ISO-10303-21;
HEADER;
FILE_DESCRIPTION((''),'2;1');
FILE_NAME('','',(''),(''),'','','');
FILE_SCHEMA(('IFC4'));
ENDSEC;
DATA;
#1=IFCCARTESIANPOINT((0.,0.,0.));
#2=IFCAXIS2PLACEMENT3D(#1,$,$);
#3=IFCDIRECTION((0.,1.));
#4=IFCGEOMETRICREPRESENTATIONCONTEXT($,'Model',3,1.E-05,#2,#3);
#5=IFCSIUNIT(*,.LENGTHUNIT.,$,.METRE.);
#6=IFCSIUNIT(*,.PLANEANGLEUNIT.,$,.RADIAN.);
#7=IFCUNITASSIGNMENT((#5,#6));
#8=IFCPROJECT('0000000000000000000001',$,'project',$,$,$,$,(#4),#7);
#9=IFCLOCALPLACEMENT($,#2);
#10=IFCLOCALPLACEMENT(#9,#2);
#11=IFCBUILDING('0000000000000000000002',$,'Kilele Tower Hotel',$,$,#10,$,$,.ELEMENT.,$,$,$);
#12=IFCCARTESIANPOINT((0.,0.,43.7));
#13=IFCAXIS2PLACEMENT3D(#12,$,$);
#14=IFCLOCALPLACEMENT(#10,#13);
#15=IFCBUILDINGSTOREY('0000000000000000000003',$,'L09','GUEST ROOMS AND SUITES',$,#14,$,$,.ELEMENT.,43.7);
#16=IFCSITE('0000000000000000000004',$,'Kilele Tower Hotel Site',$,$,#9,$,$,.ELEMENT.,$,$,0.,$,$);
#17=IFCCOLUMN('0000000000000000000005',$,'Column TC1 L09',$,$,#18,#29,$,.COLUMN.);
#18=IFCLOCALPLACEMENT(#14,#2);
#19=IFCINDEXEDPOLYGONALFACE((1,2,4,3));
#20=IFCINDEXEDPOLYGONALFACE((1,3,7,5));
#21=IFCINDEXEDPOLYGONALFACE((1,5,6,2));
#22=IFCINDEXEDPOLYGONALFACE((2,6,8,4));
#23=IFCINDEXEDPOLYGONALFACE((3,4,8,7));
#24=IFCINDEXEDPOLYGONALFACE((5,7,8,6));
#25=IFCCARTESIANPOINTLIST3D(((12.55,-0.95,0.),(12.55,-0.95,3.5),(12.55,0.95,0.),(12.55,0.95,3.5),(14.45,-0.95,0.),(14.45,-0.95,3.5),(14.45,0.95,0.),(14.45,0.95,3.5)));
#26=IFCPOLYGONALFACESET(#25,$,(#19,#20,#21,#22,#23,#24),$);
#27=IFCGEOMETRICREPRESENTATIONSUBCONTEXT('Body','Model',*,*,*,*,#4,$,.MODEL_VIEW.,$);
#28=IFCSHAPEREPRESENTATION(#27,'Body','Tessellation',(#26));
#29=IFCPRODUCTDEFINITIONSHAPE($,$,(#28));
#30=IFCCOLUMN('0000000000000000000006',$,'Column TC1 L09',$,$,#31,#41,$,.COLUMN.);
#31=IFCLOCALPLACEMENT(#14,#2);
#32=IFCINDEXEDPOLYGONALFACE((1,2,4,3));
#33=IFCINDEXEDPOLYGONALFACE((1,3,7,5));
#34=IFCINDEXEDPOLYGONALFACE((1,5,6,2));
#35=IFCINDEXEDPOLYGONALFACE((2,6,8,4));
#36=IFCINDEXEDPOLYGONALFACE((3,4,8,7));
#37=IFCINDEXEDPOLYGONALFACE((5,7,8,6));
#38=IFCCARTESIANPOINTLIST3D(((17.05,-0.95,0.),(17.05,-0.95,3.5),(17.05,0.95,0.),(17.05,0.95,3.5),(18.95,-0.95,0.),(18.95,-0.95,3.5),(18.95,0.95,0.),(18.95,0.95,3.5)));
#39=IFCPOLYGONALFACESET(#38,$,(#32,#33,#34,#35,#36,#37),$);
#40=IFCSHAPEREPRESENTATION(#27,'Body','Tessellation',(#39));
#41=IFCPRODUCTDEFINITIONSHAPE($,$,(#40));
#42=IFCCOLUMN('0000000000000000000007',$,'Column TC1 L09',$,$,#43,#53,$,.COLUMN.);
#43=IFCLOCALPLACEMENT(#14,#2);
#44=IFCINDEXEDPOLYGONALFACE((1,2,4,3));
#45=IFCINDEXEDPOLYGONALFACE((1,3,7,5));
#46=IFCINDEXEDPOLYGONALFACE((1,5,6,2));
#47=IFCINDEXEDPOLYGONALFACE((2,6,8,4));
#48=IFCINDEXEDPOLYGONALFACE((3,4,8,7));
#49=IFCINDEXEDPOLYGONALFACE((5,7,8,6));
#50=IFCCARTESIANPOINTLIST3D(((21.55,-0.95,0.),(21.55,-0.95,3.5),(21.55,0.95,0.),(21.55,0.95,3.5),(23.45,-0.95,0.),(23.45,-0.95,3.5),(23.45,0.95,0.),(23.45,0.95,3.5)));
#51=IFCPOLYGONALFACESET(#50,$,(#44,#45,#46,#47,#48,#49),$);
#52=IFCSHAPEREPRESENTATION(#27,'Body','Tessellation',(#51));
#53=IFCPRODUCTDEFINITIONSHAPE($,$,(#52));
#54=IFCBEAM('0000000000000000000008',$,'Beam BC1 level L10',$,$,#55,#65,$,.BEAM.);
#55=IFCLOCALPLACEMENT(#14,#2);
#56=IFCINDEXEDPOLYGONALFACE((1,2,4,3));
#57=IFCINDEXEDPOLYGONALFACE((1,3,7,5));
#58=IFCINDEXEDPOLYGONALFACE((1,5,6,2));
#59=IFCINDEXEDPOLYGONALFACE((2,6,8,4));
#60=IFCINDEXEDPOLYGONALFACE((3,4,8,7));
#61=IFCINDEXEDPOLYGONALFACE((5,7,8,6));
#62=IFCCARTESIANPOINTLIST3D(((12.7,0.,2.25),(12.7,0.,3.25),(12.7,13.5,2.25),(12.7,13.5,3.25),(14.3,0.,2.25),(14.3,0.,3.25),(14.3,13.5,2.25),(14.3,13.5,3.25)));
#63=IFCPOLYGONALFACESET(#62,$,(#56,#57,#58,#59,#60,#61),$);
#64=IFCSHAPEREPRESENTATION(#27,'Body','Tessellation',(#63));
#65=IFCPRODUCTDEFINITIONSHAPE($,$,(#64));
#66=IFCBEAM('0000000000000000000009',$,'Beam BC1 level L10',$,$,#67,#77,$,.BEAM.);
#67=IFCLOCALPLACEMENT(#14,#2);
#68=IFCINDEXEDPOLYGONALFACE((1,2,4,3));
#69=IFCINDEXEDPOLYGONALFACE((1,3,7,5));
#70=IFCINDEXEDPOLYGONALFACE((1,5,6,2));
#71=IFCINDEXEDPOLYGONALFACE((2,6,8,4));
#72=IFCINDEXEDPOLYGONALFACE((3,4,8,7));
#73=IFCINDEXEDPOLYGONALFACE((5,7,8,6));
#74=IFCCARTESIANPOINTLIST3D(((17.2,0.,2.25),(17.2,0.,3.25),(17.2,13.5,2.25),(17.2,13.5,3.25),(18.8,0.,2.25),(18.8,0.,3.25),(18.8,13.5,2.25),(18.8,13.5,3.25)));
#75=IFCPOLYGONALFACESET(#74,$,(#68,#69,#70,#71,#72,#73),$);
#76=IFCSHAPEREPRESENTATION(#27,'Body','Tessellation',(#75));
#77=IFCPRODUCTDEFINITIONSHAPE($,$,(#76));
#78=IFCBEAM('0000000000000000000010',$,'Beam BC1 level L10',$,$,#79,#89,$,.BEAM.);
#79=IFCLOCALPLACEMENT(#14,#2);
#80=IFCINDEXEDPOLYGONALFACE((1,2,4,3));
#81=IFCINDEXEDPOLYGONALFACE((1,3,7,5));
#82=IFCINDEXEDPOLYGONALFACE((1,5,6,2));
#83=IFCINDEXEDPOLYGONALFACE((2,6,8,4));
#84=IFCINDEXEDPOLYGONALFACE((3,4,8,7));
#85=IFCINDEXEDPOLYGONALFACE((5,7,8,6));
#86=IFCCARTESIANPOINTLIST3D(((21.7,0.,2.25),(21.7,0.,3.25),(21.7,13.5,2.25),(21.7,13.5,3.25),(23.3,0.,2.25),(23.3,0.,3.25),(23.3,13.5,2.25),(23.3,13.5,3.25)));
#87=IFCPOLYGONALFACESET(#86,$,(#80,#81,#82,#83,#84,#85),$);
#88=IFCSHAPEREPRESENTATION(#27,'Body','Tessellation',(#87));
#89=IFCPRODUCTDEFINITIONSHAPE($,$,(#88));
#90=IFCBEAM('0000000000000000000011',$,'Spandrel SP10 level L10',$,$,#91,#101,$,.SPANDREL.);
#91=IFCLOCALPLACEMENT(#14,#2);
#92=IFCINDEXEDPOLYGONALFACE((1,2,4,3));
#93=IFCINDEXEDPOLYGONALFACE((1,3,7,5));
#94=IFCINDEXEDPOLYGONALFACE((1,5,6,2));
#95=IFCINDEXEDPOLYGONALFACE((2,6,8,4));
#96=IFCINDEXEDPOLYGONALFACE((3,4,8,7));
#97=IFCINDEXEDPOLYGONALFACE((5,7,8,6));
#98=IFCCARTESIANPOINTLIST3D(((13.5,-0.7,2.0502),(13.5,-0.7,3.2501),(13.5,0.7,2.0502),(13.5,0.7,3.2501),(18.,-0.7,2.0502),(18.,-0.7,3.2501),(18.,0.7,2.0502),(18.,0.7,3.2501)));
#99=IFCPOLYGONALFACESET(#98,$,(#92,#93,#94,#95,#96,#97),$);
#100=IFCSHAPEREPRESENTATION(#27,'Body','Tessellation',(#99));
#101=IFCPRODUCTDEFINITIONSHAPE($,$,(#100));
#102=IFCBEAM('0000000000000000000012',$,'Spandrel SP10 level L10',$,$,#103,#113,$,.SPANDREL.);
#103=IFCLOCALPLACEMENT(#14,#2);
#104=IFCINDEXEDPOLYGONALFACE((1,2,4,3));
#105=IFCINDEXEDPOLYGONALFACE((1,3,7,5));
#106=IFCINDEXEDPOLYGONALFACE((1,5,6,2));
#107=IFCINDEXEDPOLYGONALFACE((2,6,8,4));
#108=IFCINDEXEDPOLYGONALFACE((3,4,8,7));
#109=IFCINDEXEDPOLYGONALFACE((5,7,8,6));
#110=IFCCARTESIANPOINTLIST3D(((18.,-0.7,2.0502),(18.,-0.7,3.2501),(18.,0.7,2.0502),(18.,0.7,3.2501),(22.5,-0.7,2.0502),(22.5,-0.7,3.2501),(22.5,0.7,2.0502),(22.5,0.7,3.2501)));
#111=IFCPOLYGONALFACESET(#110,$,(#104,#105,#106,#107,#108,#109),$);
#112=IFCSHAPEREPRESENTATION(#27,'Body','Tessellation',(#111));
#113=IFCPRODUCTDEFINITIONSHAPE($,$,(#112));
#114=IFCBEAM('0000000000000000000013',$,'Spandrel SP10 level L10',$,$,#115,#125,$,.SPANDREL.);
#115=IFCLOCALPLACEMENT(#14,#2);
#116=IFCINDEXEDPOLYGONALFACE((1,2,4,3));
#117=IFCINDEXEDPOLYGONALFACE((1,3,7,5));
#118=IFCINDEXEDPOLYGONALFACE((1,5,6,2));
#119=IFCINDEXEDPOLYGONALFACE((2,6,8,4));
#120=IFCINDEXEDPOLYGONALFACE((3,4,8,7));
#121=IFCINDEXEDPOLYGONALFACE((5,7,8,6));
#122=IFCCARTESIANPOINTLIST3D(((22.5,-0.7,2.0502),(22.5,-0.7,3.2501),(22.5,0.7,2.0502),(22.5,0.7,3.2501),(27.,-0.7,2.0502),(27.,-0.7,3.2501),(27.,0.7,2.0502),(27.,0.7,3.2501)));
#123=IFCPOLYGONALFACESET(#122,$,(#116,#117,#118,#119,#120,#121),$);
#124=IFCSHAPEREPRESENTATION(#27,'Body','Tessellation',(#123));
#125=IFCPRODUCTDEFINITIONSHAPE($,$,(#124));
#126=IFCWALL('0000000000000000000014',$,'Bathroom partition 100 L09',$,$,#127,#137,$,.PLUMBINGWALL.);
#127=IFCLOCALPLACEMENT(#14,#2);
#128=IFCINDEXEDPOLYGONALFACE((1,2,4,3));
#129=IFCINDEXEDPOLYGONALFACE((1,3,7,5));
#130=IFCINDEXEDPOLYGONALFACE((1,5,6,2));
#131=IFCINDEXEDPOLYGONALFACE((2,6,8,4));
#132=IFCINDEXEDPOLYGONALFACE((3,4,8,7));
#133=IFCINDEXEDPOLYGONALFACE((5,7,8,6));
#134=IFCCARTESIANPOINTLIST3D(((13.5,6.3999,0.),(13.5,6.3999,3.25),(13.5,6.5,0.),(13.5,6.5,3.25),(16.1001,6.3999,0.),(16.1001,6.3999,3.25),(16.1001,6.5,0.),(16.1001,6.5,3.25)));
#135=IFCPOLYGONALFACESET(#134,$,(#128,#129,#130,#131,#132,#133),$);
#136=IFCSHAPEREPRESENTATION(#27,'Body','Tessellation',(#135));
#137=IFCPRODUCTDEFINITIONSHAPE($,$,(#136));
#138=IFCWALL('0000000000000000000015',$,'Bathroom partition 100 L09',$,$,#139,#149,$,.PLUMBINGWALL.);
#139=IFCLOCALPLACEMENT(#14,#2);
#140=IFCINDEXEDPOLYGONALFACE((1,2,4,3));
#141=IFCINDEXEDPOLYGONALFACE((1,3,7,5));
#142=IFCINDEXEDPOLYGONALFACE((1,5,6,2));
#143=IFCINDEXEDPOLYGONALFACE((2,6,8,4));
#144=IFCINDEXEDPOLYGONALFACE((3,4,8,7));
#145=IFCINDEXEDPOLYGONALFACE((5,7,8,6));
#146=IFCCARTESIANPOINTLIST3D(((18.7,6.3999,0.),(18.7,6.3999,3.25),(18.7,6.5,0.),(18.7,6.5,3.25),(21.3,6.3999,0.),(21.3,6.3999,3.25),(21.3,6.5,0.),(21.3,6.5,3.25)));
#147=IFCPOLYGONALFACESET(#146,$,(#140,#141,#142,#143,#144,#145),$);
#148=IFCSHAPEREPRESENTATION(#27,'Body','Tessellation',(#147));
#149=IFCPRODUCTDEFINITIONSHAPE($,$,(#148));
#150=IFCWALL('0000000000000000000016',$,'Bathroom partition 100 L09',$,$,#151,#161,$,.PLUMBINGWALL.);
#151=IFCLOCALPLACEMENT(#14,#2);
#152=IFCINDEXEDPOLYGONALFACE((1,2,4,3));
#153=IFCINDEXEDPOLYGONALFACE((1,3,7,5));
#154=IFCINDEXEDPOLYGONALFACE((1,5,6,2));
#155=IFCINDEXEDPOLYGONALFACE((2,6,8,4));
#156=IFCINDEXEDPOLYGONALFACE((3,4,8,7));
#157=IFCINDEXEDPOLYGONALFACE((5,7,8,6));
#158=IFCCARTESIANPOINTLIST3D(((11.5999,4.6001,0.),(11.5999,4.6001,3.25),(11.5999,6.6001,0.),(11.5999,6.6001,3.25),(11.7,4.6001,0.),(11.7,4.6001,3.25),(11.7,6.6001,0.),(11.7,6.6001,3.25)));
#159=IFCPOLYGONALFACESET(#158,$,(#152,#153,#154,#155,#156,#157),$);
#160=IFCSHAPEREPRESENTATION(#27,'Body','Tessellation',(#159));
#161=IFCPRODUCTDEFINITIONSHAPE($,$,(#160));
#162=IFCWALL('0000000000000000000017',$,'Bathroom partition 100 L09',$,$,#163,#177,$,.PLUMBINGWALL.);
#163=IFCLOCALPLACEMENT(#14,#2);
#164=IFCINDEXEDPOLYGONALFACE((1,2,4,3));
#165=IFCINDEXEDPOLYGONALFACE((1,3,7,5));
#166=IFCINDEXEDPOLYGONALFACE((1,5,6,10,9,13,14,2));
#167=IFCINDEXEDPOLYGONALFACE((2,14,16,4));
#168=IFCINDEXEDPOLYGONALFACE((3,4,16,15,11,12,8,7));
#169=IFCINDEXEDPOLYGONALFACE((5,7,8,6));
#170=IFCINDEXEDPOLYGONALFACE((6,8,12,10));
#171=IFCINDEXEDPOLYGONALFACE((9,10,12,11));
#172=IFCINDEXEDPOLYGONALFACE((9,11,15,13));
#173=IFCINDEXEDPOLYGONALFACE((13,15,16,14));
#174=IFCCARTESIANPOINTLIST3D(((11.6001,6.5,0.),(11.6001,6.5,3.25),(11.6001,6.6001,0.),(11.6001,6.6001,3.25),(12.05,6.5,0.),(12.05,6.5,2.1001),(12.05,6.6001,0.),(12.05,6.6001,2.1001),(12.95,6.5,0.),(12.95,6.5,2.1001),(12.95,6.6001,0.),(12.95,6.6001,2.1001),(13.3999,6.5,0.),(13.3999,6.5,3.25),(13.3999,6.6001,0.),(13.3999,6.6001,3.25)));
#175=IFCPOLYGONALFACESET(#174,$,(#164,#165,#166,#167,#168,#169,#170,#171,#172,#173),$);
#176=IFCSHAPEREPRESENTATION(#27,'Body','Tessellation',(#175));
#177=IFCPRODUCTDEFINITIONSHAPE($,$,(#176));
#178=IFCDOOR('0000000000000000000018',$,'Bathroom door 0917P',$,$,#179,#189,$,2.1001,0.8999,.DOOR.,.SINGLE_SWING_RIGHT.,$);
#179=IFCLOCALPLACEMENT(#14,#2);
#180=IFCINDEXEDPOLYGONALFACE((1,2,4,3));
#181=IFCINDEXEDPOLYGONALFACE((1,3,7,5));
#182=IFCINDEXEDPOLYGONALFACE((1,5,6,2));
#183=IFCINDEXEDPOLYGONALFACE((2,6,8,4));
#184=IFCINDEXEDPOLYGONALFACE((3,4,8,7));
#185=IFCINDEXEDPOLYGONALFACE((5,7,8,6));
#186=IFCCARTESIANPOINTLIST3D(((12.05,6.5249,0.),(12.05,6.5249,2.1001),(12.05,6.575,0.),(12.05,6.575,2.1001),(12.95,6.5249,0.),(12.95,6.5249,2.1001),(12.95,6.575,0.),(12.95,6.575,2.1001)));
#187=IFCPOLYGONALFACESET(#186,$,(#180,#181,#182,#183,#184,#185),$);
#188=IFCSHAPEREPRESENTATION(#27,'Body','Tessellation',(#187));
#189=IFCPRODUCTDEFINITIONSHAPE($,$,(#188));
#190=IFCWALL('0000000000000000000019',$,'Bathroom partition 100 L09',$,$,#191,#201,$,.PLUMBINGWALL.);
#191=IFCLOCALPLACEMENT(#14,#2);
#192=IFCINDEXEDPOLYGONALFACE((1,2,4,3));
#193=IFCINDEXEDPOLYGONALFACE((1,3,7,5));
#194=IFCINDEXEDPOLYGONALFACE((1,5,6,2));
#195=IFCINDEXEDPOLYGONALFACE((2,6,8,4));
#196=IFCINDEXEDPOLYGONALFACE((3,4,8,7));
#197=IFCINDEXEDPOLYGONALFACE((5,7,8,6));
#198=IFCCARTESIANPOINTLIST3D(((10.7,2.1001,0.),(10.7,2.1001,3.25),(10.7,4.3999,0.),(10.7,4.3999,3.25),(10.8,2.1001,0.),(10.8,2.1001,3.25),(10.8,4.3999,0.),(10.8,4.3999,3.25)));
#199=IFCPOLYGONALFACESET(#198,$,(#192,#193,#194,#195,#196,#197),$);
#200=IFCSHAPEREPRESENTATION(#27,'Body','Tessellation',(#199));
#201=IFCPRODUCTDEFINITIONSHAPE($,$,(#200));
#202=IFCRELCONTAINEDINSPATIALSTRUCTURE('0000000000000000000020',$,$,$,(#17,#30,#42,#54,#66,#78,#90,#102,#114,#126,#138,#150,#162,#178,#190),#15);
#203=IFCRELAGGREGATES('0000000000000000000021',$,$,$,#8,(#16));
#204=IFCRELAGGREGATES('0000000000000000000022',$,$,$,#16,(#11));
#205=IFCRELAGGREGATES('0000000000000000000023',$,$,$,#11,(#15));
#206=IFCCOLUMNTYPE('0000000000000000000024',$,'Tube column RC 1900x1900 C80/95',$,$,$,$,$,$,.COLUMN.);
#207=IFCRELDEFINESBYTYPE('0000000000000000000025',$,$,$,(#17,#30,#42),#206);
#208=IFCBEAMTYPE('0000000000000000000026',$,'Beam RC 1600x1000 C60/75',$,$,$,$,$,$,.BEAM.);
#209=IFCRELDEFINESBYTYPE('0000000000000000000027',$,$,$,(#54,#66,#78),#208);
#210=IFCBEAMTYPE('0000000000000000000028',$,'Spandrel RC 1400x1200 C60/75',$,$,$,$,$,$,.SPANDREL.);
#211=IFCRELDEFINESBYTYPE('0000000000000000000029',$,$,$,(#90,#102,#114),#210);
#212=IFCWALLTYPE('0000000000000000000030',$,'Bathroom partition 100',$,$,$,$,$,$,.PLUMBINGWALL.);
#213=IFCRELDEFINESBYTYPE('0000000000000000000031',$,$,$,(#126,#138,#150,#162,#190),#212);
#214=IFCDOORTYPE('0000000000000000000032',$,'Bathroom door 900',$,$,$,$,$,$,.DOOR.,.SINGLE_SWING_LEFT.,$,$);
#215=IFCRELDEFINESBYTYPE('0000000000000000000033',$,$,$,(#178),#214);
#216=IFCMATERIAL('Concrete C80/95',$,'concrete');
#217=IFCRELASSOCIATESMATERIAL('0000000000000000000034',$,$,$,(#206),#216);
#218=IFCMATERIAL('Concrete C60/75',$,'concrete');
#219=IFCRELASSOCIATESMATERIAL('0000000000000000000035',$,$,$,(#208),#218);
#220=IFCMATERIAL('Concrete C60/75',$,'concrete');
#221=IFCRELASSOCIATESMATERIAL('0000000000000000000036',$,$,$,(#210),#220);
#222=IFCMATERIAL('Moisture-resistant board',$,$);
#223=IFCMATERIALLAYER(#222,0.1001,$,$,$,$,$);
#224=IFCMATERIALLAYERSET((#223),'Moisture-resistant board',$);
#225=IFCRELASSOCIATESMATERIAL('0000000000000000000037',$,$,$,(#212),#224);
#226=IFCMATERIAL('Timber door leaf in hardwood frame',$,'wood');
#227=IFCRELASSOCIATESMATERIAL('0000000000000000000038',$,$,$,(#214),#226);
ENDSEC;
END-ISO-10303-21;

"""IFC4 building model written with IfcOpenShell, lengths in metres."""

from ifc_helpers import new_model, si_unit, direction, frame, frame_2d, origin, origin_2d, place, context, subcontext, project, spatial, rectangle, extrude, material, layer, layer_set, material_profile, profile_set, type_object, element, fill, save


model = new_model("IFC4")

# Units and contexts
model_context = context("Model", 3, precision=1e-05, world=origin(), true_north=direction((0.0, 1.0)))
body_context = subcontext(model_context, "Body", "Model", "MODEL_VIEW")
ifc_project = project(units=[si_unit("LENGTHUNIT", "METRE"), si_unit("PLANEANGLEUNIT", "RADIAN")], contexts=[model_context])

# Site, building, storey
site_placement = place(None, origin())
site = spatial("IfcSite", under=ifc_project, at=site_placement, Name="Kilele Tower Hotel Site", CompositionType="ELEMENT", RefElevation=0.0)
building_placement = place(site_placement, origin())
building = spatial("IfcBuilding", under=site, at=building_placement, Name="Kilele Tower Hotel", CompositionType="ELEMENT")
storey_placement = place(building_placement, frame((0.0, 0.0, 43.7)))
storey = spatial("IfcBuildingStorey", under=building, at=storey_placement, Name="L09", Description="GUEST ROOMS AND SUITES", CompositionType="ELEMENT", Elevation=43.7)

# Columns
ifc_material_1 = material(Name="Concrete C80/95", Category="concrete")
ifc_material_profile_1 = material_profile(ifc_material_1, rectangle(XDim=1.8999, YDim=1.8999, at=origin_2d()))
ifc_profile_set_1 = profile_set([ifc_material_profile_1], Name="Concrete C80/95")
column_type = type_object("IfcColumnType", Name="Tube column RC 1900x1900 C80/95", PredefinedType="COLUMN", material=ifc_profile_set_1)
for number, where, z_axis, x_axis, name in (
    (1, (13.5, 0.0, 0.0), (0.0, 0.0, 1.0), (1.0, 0.0, 0.0), "Column TC1 L09"),
    (2, (18.0, 0.0, 0.0), (0.0, 0.0, 1.0), (1.0, 0.0, 0.0), "Column TC1 L09"),
    (3, (22.5, 0.0, 0.0), (0.0, 0.0, 1.0), (1.0, 0.0, 0.0), "Column TC1 L09"),
):
    element("IfcColumn", number, at=place(storey_placement, frame(where, z_axis=z_axis, x_axis=x_axis)), inside=storey, type_object=column_type, Name=name, PredefinedType="COLUMN", context=body_context, shape_type="SweptSolid", body=[
        extrude(rectangle(XDim=1.8999, YDim=1.8999, at=origin_2d()), origin(), (0.0, 0.0, 1.0), 3.5),
    ])

# Beams
ifc_material_2 = material(Name="Concrete C60/75", Category="concrete")
ifc_material_profile_2 = material_profile(ifc_material_2, rectangle(XDim=1.6001, YDim=1.0, at=origin_2d()))
ifc_profile_set_2 = profile_set([ifc_material_profile_2], Name="Concrete C60/75")
beam_type_1 = type_object("IfcBeamType", Name="Beam RC 1600x1000 C60/75", PredefinedType="BEAM", material=ifc_profile_set_2)
for number, where, z_axis, x_axis, name in (
    (4, (13.5, 0.0, 2.75), (0.0, 1.0, 0.0), (-1.0, 0.0, 0.0), "Beam BC1 level L10"),
    (5, (18.0, 0.0, 2.75), (0.0, 1.0, 0.0), (-1.0, 0.0, 0.0), "Beam BC1 level L10"),
    (6, (22.5, 0.0, 2.75), (0.0, 1.0, 0.0), (-1.0, 0.0, 0.0), "Beam BC1 level L10"),
):
    element("IfcBeam", number, at=place(storey_placement, frame(where, z_axis=z_axis, x_axis=x_axis)), inside=storey, type_object=beam_type_1, Name=name, PredefinedType="BEAM", context=body_context, shape_type="SweptSolid", body=[
        extrude(rectangle(XDim=1.6001, YDim=1.0, at=origin_2d()), origin(), (0.0, 0.0, 1.0), 13.5),
    ])
ifc_material_3 = material(Name="Concrete C60/75", Category="concrete")
ifc_material_profile_3 = material_profile(ifc_material_3, rectangle(XDim=1.3999, YDim=1.2, at=origin_2d()))
ifc_profile_set_3 = profile_set([ifc_material_profile_3], Name="Concrete C60/75")
beam_type_2 = type_object("IfcBeamType", Name="Spandrel RC 1400x1200 C60/75", PredefinedType="SPANDREL", material=ifc_profile_set_3)
for number, where, z_axis, x_axis, name in (
    (7, (13.5, 0.0, 2.6501), (1.0, 0.0, 0.0), (0.0, 1.0, 0.0), "Spandrel SP10 level L10"),
    (8, (18.0, 0.0, 2.6501), (1.0, 0.0, 0.0), (0.0, 1.0, 0.0), "Spandrel SP10 level L10"),
    (9, (22.5, 0.0, 2.6501), (1.0, 0.0, 0.0), (0.0, 1.0, 0.0), "Spandrel SP10 level L10"),
):
    element("IfcBeam", number, at=place(storey_placement, frame(where, z_axis=z_axis, x_axis=x_axis)), inside=storey, type_object=beam_type_2, Name=name, PredefinedType="SPANDREL", context=body_context, shape_type="SweptSolid", body=[
        extrude(rectangle(XDim=1.3999, YDim=1.2, at=origin_2d()), origin(), (0.0, 0.0, 1.0), 4.5),
    ])

# Walls
ifc_material_4 = material(Name="Moisture-resistant board")
ifc_layer_1 = layer(ifc_material_4, 0.1001)
ifc_layer_set_1 = layer_set([ifc_layer_1], Name="Moisture-resistant board")
wall_type_1 = type_object("IfcWallType", Name="Bathroom partition 100", PredefinedType="PLUMBINGWALL", material=ifc_layer_set_1)
for number, where, z_axis, x_axis, name in (
    (10, (13.5, 6.45, 0.0), (0.0, 0.0, 1.0), (1.0, 0.0, 0.0), "Bathroom partition 100 L09"),
    (11, (18.7, 6.45, 0.0), (0.0, 0.0, 1.0), (1.0, 0.0, 0.0), "Bathroom partition 100 L09"),
):
    element("IfcWall", number, at=place(storey_placement, frame(where, z_axis=z_axis, x_axis=x_axis)), inside=storey, type_object=wall_type_1, Name=name, PredefinedType="PLUMBINGWALL", context=body_context, shape_type="SweptSolid", body=[
        extrude(rectangle(XDim=2.6001, YDim=0.1001, at=frame_2d((1.3, 0.0))), origin(), (0.0, 0.0, 1.0), 3.25),
    ])
wall_1_placement = place(storey_placement, frame((11.6499, 4.6001, 0.0), z_axis=(0.0, 0.0, 1.0), x_axis=(0.0, 1.0, 0.0)))
element("IfcWall", 12, at=wall_1_placement, inside=storey, type_object=wall_type_1, Name="Bathroom partition 100 L09", PredefinedType="PLUMBINGWALL", context=body_context, shape_type="SweptSolid", body=[
    extrude(rectangle(XDim=2.0, YDim=0.1001, at=frame_2d((1.0, 0.0))), origin(), (0.0, 0.0, 1.0), 3.25),
])

# Wall, opening, door
wall_2_placement = place(storey_placement, frame((13.3999, 6.55, 0.0), z_axis=(0.0, 0.0, 1.0), x_axis=(-1.0, 0.0, 0.0)))
wall_2 = element("IfcWall", 13, at=wall_2_placement, inside=storey, type_object=wall_type_1, Name="Bathroom partition 100 L09", PredefinedType="PLUMBINGWALL", context=body_context, shape_type="SweptSolid", body=[
    extrude(rectangle(XDim=1.7998, YDim=0.1001, at=frame_2d((0.8999, 0.0))), origin(), (0.0, 0.0, 1.0), 3.25),
])
opening_1_placement = place(wall_2_placement, frame((1.3499, 0.0, 0.0), z_axis=(0.0, 0.0, 1.0), x_axis=(-1.0, 0.0, 0.0)))
opening_1 = element("IfcOpeningElement", 14, at=opening_1_placement, cuts=wall_2, PredefinedType="OPENING", context=body_context, shape_type="SweptSolid", body=[
    extrude(rectangle(XDim=0.8999, YDim=2.1001, at=frame_2d((0.45, 1.05))), frame((0.0, 0.0601, 0.0), z_axis=(0.0, -1.0, 0.0), x_axis=(1.0, 0.0, 0.0)), (0.0, 0.0, 1.0), 0.1201),
])
ifc_material_5 = material(Name="Timber door leaf in hardwood frame", Category="wood")
door_type_1 = type_object("IfcDoorType", Name="Bathroom door 900", OperationType="SINGLE_SWING_LEFT", PredefinedType="DOOR", material=ifc_material_5)
door_1_placement = place(opening_1_placement, origin())
door_1 = element("IfcDoor", 15, at=door_1_placement, inside=storey, type_object=door_type_1, Name="Bathroom door 0917P", OperationType="SINGLE_SWING_RIGHT", OverallHeight=2.1001, OverallWidth=0.8999, PredefinedType="DOOR", context=body_context, shape_type="SweptSolid", body=[
    extrude(rectangle(XDim=0.8999, YDim=2.1001, at=frame_2d((0.45, 1.05))), frame((0.0, 0.0249, 0.0), z_axis=(0.0, -1.0, 0.0), x_axis=(1.0, 0.0, 0.0)), (0.0, 0.0, 1.0), 0.05),
])
fill(opening_1, door_1)

# Wall
wall_3_placement = place(storey_placement, frame((10.75, 4.3999, 0.0), z_axis=(0.0, 0.0, 1.0), x_axis=(0.0, -1.0, 0.0)))
element("IfcWall", 16, at=wall_3_placement, inside=storey, type_object=wall_type_1, Name="Bathroom partition 100 L09", PredefinedType="PLUMBINGWALL", context=body_context, shape_type="SweptSolid", body=[
    extrude(rectangle(XDim=2.2998, YDim=0.1001, at=frame_2d((1.1499, 0.0))), origin(), (0.0, 0.0, 1.0), 3.25),
])

save(model, "model.ifc")
